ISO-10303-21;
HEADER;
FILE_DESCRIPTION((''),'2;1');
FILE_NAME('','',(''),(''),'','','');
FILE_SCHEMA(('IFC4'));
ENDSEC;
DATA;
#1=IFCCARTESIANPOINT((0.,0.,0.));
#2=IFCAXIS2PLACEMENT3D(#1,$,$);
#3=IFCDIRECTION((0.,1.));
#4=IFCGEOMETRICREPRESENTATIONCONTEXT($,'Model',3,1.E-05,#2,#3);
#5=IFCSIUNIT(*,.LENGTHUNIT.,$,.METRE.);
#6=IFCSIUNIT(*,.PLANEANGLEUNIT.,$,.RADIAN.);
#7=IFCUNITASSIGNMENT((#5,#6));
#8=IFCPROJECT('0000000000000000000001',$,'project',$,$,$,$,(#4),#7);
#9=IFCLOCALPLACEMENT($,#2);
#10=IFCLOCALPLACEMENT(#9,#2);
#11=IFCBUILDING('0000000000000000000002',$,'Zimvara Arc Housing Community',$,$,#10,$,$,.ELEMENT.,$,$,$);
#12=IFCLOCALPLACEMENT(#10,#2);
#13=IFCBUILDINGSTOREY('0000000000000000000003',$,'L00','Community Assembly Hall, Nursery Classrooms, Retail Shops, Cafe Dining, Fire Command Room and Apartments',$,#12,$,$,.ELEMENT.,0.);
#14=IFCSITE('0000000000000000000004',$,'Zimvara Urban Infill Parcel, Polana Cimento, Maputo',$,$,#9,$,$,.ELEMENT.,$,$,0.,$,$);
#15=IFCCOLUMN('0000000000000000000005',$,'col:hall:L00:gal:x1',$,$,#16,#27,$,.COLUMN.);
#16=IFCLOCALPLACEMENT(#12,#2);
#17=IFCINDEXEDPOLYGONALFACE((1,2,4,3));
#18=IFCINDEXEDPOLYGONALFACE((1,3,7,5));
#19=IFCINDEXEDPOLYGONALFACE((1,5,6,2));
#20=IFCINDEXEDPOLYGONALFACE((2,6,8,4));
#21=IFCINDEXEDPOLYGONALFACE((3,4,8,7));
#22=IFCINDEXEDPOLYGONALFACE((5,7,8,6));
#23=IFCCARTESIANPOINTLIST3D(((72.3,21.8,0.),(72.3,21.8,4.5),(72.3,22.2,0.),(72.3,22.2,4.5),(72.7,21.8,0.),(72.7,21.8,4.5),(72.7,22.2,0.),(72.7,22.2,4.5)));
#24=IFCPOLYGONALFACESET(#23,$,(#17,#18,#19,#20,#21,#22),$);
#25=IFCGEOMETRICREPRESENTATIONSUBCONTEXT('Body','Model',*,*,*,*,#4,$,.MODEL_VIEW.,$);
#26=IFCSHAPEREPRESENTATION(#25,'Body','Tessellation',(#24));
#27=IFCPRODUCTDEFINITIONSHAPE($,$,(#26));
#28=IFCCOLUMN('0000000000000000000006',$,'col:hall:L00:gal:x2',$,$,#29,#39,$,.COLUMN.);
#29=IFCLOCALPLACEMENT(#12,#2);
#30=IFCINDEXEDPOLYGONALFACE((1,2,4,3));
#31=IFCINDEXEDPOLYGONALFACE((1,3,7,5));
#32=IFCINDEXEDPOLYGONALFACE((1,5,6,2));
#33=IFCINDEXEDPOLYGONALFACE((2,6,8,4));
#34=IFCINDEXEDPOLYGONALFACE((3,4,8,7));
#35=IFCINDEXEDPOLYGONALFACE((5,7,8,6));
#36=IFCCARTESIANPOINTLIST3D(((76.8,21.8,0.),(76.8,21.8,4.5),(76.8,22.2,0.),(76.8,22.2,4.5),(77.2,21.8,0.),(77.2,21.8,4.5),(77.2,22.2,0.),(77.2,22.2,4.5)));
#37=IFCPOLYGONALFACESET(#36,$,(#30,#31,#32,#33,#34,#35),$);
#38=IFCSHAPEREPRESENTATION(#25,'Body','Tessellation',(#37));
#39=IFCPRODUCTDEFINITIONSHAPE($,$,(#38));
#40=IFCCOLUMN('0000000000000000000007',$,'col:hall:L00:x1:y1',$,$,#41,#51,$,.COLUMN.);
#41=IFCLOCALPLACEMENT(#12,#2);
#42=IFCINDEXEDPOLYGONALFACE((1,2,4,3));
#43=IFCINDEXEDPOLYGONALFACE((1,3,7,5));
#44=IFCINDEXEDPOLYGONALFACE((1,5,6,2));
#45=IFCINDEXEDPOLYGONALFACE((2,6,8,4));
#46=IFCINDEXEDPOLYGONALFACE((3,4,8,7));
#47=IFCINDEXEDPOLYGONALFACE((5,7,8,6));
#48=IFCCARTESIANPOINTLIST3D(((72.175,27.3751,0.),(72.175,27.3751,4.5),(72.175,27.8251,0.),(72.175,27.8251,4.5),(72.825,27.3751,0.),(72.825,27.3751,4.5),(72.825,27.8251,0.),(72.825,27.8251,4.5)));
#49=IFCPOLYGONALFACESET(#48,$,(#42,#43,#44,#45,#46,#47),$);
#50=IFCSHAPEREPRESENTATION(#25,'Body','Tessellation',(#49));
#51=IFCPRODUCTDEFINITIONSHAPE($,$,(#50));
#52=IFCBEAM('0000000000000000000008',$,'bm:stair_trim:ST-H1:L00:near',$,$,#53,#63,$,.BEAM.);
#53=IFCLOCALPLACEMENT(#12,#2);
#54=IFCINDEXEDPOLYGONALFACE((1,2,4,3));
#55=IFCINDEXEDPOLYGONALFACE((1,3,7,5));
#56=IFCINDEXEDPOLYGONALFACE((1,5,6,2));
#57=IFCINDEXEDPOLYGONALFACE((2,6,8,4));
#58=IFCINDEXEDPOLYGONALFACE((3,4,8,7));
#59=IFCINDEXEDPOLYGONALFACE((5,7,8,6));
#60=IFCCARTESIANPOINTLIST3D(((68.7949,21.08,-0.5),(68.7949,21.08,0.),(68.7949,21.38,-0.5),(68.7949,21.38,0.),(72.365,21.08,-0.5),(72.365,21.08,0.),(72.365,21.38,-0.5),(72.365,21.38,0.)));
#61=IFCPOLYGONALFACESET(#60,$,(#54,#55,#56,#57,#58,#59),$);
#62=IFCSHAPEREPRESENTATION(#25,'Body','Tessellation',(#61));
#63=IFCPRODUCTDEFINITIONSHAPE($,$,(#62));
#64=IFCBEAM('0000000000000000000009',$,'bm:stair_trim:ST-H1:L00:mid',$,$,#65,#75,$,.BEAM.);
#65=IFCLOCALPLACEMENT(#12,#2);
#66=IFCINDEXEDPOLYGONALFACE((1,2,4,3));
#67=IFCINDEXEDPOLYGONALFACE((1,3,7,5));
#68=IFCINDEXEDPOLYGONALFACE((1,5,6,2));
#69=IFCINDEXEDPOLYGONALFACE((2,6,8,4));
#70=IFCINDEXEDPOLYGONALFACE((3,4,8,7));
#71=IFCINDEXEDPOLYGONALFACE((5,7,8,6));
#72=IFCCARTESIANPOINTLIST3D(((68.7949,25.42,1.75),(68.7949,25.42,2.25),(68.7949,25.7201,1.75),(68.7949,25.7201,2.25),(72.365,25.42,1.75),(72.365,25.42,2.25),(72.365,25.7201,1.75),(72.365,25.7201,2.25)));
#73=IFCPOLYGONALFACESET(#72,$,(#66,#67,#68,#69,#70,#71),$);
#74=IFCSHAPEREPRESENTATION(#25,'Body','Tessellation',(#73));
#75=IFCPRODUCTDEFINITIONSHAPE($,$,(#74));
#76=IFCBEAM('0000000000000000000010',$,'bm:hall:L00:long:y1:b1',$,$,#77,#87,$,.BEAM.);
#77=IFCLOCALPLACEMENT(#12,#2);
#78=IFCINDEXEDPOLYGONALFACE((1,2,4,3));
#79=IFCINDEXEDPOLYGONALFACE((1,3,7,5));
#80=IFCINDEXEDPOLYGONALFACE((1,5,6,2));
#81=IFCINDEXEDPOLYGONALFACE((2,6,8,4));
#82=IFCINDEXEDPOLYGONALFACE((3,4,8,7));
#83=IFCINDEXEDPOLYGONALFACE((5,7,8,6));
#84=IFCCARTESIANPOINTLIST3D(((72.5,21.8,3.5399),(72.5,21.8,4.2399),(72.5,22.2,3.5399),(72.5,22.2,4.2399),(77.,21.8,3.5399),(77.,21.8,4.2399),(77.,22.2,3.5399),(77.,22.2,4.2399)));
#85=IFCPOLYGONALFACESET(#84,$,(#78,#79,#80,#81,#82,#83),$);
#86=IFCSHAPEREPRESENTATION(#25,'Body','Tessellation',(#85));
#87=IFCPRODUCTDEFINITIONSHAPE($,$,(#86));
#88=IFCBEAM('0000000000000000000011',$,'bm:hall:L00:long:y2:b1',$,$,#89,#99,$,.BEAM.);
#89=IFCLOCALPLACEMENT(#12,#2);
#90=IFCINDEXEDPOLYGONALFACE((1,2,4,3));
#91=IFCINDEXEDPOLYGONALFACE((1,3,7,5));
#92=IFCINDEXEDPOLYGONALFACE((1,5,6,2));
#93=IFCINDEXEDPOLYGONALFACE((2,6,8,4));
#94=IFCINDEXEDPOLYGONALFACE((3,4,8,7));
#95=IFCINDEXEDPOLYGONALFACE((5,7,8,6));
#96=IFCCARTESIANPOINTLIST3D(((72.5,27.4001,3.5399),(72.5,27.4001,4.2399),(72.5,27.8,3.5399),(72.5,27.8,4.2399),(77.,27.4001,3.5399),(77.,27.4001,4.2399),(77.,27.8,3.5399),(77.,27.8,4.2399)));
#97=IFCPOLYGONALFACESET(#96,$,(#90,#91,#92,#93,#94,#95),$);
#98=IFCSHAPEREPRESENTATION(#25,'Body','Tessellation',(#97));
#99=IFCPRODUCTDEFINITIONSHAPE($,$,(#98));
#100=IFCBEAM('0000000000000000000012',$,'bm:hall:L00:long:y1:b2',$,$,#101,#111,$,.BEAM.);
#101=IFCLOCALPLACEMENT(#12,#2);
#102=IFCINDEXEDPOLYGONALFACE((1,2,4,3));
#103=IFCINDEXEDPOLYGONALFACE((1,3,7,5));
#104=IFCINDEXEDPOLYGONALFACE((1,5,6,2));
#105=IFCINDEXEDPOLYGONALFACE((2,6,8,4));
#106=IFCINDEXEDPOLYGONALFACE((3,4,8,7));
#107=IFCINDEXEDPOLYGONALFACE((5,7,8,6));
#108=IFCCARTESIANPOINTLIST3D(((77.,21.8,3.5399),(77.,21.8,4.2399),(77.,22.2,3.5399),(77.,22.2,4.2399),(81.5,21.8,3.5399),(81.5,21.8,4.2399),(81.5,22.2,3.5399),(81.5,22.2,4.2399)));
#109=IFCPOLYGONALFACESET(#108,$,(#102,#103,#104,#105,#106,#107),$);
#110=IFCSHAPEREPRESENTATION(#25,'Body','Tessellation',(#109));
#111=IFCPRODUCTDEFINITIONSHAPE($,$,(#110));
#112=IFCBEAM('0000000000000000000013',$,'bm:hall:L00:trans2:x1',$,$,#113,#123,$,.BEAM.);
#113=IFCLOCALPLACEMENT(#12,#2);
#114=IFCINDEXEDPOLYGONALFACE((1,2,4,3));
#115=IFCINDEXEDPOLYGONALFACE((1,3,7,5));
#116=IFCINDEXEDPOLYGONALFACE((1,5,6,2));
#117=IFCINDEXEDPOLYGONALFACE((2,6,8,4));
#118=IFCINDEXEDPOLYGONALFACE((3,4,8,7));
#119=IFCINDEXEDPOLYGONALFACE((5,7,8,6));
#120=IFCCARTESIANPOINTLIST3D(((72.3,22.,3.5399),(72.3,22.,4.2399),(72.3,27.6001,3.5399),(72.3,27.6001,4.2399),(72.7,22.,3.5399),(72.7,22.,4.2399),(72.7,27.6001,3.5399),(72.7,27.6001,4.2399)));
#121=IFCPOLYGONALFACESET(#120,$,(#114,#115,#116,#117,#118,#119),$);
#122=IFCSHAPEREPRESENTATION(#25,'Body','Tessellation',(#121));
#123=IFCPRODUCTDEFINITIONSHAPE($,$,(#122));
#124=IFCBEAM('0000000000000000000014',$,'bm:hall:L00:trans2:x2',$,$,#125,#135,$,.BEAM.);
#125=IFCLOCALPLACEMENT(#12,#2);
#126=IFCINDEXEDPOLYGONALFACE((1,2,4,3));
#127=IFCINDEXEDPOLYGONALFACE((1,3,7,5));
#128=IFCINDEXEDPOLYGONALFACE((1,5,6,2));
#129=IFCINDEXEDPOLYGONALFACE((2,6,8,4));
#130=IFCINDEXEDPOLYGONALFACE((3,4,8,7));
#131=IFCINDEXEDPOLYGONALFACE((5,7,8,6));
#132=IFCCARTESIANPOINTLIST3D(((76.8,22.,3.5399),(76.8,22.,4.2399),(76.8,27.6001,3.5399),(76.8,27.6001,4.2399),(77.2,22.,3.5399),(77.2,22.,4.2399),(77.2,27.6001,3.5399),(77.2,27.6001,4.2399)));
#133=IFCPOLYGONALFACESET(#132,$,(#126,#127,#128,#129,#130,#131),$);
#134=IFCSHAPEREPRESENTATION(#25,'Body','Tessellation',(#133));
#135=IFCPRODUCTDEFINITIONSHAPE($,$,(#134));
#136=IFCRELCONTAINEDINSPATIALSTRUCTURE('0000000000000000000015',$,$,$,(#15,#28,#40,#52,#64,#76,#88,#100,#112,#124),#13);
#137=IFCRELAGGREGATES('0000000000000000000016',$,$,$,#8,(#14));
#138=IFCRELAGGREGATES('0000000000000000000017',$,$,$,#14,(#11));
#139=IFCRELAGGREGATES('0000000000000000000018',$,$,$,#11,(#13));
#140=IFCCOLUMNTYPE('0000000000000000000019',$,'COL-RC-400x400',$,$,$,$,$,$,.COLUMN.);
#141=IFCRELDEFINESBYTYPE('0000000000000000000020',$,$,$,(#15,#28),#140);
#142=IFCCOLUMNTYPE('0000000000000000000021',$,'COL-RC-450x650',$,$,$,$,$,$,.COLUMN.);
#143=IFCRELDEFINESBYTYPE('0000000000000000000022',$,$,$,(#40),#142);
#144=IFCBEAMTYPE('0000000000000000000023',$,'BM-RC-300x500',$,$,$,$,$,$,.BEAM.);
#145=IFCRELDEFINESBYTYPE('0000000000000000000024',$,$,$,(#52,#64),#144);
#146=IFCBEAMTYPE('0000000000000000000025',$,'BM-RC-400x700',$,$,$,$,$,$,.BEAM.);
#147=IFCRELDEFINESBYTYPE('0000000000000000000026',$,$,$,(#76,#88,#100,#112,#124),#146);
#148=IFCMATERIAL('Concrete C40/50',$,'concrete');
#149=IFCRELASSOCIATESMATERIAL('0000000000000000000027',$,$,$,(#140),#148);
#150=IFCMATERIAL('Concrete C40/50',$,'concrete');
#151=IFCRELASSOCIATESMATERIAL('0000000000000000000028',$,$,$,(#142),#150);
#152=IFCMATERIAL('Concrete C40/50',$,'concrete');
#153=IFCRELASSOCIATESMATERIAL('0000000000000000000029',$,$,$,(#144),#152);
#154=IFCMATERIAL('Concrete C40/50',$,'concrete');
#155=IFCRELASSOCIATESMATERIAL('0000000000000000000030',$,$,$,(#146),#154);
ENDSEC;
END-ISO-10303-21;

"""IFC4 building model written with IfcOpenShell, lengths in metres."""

from ifc_helpers import new_model, si_unit, direction, frame, origin, origin_2d, place, context, subcontext, project, spatial, rectangle, extrude, material, material_profile, profile_set, type_object, element, save


model = new_model("IFC4")

# Units and contexts
model_context = context("Model", 3, precision=1e-05, world=origin(), true_north=direction((0.0, 1.0)))
body_context = subcontext(model_context, "Body", "Model", "MODEL_VIEW")
ifc_project = project(units=[si_unit("LENGTHUNIT", "METRE"), si_unit("PLANEANGLEUNIT", "RADIAN")], contexts=[model_context])

# Site, building, storey
site_placement = place(None, origin())
site = spatial("IfcSite", under=ifc_project, at=site_placement, Name="Zimvara Urban Infill Parcel, Polana Cimento, Maputo", CompositionType="ELEMENT", RefElevation=0.0)
building_placement = place(site_placement, origin())
building = spatial("IfcBuilding", under=site, at=building_placement, Name="Zimvara Arc Housing Community", CompositionType="ELEMENT")
storey_placement = place(building_placement, origin())
storey = spatial("IfcBuildingStorey", under=building, at=storey_placement, Name="L00", Description="Community Assembly Hall, Nursery Classrooms, Retail Shops, Cafe Dining, Fire Command Room and Apartments", CompositionType="ELEMENT", Elevation=0.0)

# Columns
ifc_material_1 = material(Name="Concrete C40/50", Category="concrete")
ifc_material_profile_1 = material_profile(ifc_material_1, rectangle(XDim=0.3999, YDim=0.3999, at=origin_2d()), Name="RC 400x400")
ifc_profile_set_1 = profile_set([ifc_material_profile_1], Name="Concrete C40/50")
column_type_1 = type_object("IfcColumnType", Name="COL-RC-400x400", PredefinedType="COLUMN", material=ifc_profile_set_1)
for number, where, z_axis, x_axis, name in (
    (1, (72.5, 22.0, 0.0), (0.0, 0.0, 1.0), (1.0, 0.0, 0.0), "col:hall:L00:gal:x1"),
    (2, (77.0, 22.0, 0.0), (0.0, 0.0, 1.0), (1.0, 0.0, 0.0), "col:hall:L00:gal:x2"),
):
    element("IfcColumn", number, at=place(storey_placement, frame(where, z_axis=z_axis, x_axis=x_axis)), inside=storey, type_object=column_type_1, Name=name, PredefinedType="COLUMN", context=body_context, shape_type="SweptSolid", body=[
        extrude(rectangle(XDim=0.3999, YDim=0.3999, at=origin_2d()), origin(), (0.0, 0.0, 1.0), 4.5),
    ])
ifc_material_2 = material(Name="Concrete C40/50", Category="concrete")
ifc_material_profile_2 = material_profile(ifc_material_2, rectangle(XDim=0.45, YDim=0.6499, at=origin_2d()), Name="RC 450x650")
ifc_profile_set_2 = profile_set([ifc_material_profile_2], Name="Concrete C40/50")
column_type_2 = type_object("IfcColumnType", Name="COL-RC-450x650", PredefinedType="COLUMN", material=ifc_profile_set_2)
column_placement = place(storey_placement, frame((72.5, 27.6001, 0.0), z_axis=(0.0, 0.0, 1.0), x_axis=(0.0, 1.0, 0.0)))
element("IfcColumn", 3, at=column_placement, inside=storey, type_object=column_type_2, Name="col:hall:L00:x1:y1", PredefinedType="COLUMN", context=body_context, shape_type="SweptSolid", body=[
    extrude(rectangle(XDim=0.45, YDim=0.6499, at=origin_2d()), origin(), (0.0, 0.0, 1.0), 4.5),
])

# Beams
ifc_material_3 = material(Name="Concrete C40/50", Category="concrete")
ifc_material_profile_3 = material_profile(ifc_material_3, rectangle(XDim=0.3, YDim=0.5, at=origin_2d()), Name="RC 300x500")
ifc_profile_set_3 = profile_set([ifc_material_profile_3], Name="Concrete C40/50")
beam_type_1 = type_object("IfcBeamType", Name="BM-RC-300x500", PredefinedType="BEAM", material=ifc_profile_set_3)
for number, where, z_axis, x_axis, name in (
    (4, (72.365, 21.23, -0.25), (-1.0, 0.0, 0.0), (0.0, -1.0, 0.0), "bm:stair_trim:ST-H1:L00:near"),
    (5, (72.365, 25.5701, 2.0), (-1.0, 0.0, 0.0), (0.0, -1.0, 0.0), "bm:stair_trim:ST-H1:L00:mid"),
):
    element("IfcBeam", number, at=place(storey_placement, frame(where, z_axis=z_axis, x_axis=x_axis)), inside=storey, type_object=beam_type_1, Name=name, PredefinedType="BEAM", context=body_context, shape_type="SweptSolid", body=[
        extrude(rectangle(XDim=0.3, YDim=0.5, at=origin_2d()), origin(), (0.0, 0.0, 1.0), 3.5701),
    ])
ifc_material_4 = material(Name="Concrete C40/50", Category="concrete")
ifc_material_profile_4 = material_profile(ifc_material_4, rectangle(XDim=0.3999, YDim=0.7, at=origin_2d()), Name="RC 400x700")
ifc_profile_set_4 = profile_set([ifc_material_profile_4], Name="Concrete C40/50")
beam_type_2 = type_object("IfcBeamType", Name="BM-RC-400x700", PredefinedType="BEAM", material=ifc_profile_set_4)
for number, where, z_axis, x_axis, name in (
    (6, (72.5, 22.0, 3.8899), (1.0, 0.0, 0.0), (0.0, 1.0, 0.0), "bm:hall:L00:long:y1:b1"),
    (7, (72.5, 27.6001, 3.8899), (1.0, 0.0, 0.0), (0.0, 1.0, 0.0), "bm:hall:L00:long:y2:b1"),
    (8, (77.0, 22.0, 3.8899), (1.0, 0.0, 0.0), (0.0, 1.0, 0.0), "bm:hall:L00:long:y1:b2"),
):
    element("IfcBeam", number, at=place(storey_placement, frame(where, z_axis=z_axis, x_axis=x_axis)), inside=storey, type_object=beam_type_2, Name=name, PredefinedType="BEAM", context=body_context, shape_type="SweptSolid", body=[
        extrude(rectangle(XDim=0.3999, YDim=0.7, at=origin_2d()), origin(), (0.0, 0.0, 1.0), 4.5),
    ])
for number, where, z_axis, x_axis, name in (
    (9, (72.5, 22.0, 3.8899), (0.0, 1.0, 0.0), (-1.0, 0.0, 0.0), "bm:hall:L00:trans2:x1"),
    (10, (77.0, 22.0, 3.8899), (0.0, 1.0, 0.0), (-1.0, 0.0, 0.0), "bm:hall:L00:trans2:x2"),
):
    element("IfcBeam", number, at=place(storey_placement, frame(where, z_axis=z_axis, x_axis=x_axis)), inside=storey, type_object=beam_type_2, Name=name, PredefinedType="BEAM", context=body_context, shape_type="SweptSolid", body=[
        extrude(rectangle(XDim=0.3999, YDim=0.7, at=origin_2d()), origin(), (0.0, 0.0, 1.0), 5.6001),
    ])

save(model, "model.ifc")
